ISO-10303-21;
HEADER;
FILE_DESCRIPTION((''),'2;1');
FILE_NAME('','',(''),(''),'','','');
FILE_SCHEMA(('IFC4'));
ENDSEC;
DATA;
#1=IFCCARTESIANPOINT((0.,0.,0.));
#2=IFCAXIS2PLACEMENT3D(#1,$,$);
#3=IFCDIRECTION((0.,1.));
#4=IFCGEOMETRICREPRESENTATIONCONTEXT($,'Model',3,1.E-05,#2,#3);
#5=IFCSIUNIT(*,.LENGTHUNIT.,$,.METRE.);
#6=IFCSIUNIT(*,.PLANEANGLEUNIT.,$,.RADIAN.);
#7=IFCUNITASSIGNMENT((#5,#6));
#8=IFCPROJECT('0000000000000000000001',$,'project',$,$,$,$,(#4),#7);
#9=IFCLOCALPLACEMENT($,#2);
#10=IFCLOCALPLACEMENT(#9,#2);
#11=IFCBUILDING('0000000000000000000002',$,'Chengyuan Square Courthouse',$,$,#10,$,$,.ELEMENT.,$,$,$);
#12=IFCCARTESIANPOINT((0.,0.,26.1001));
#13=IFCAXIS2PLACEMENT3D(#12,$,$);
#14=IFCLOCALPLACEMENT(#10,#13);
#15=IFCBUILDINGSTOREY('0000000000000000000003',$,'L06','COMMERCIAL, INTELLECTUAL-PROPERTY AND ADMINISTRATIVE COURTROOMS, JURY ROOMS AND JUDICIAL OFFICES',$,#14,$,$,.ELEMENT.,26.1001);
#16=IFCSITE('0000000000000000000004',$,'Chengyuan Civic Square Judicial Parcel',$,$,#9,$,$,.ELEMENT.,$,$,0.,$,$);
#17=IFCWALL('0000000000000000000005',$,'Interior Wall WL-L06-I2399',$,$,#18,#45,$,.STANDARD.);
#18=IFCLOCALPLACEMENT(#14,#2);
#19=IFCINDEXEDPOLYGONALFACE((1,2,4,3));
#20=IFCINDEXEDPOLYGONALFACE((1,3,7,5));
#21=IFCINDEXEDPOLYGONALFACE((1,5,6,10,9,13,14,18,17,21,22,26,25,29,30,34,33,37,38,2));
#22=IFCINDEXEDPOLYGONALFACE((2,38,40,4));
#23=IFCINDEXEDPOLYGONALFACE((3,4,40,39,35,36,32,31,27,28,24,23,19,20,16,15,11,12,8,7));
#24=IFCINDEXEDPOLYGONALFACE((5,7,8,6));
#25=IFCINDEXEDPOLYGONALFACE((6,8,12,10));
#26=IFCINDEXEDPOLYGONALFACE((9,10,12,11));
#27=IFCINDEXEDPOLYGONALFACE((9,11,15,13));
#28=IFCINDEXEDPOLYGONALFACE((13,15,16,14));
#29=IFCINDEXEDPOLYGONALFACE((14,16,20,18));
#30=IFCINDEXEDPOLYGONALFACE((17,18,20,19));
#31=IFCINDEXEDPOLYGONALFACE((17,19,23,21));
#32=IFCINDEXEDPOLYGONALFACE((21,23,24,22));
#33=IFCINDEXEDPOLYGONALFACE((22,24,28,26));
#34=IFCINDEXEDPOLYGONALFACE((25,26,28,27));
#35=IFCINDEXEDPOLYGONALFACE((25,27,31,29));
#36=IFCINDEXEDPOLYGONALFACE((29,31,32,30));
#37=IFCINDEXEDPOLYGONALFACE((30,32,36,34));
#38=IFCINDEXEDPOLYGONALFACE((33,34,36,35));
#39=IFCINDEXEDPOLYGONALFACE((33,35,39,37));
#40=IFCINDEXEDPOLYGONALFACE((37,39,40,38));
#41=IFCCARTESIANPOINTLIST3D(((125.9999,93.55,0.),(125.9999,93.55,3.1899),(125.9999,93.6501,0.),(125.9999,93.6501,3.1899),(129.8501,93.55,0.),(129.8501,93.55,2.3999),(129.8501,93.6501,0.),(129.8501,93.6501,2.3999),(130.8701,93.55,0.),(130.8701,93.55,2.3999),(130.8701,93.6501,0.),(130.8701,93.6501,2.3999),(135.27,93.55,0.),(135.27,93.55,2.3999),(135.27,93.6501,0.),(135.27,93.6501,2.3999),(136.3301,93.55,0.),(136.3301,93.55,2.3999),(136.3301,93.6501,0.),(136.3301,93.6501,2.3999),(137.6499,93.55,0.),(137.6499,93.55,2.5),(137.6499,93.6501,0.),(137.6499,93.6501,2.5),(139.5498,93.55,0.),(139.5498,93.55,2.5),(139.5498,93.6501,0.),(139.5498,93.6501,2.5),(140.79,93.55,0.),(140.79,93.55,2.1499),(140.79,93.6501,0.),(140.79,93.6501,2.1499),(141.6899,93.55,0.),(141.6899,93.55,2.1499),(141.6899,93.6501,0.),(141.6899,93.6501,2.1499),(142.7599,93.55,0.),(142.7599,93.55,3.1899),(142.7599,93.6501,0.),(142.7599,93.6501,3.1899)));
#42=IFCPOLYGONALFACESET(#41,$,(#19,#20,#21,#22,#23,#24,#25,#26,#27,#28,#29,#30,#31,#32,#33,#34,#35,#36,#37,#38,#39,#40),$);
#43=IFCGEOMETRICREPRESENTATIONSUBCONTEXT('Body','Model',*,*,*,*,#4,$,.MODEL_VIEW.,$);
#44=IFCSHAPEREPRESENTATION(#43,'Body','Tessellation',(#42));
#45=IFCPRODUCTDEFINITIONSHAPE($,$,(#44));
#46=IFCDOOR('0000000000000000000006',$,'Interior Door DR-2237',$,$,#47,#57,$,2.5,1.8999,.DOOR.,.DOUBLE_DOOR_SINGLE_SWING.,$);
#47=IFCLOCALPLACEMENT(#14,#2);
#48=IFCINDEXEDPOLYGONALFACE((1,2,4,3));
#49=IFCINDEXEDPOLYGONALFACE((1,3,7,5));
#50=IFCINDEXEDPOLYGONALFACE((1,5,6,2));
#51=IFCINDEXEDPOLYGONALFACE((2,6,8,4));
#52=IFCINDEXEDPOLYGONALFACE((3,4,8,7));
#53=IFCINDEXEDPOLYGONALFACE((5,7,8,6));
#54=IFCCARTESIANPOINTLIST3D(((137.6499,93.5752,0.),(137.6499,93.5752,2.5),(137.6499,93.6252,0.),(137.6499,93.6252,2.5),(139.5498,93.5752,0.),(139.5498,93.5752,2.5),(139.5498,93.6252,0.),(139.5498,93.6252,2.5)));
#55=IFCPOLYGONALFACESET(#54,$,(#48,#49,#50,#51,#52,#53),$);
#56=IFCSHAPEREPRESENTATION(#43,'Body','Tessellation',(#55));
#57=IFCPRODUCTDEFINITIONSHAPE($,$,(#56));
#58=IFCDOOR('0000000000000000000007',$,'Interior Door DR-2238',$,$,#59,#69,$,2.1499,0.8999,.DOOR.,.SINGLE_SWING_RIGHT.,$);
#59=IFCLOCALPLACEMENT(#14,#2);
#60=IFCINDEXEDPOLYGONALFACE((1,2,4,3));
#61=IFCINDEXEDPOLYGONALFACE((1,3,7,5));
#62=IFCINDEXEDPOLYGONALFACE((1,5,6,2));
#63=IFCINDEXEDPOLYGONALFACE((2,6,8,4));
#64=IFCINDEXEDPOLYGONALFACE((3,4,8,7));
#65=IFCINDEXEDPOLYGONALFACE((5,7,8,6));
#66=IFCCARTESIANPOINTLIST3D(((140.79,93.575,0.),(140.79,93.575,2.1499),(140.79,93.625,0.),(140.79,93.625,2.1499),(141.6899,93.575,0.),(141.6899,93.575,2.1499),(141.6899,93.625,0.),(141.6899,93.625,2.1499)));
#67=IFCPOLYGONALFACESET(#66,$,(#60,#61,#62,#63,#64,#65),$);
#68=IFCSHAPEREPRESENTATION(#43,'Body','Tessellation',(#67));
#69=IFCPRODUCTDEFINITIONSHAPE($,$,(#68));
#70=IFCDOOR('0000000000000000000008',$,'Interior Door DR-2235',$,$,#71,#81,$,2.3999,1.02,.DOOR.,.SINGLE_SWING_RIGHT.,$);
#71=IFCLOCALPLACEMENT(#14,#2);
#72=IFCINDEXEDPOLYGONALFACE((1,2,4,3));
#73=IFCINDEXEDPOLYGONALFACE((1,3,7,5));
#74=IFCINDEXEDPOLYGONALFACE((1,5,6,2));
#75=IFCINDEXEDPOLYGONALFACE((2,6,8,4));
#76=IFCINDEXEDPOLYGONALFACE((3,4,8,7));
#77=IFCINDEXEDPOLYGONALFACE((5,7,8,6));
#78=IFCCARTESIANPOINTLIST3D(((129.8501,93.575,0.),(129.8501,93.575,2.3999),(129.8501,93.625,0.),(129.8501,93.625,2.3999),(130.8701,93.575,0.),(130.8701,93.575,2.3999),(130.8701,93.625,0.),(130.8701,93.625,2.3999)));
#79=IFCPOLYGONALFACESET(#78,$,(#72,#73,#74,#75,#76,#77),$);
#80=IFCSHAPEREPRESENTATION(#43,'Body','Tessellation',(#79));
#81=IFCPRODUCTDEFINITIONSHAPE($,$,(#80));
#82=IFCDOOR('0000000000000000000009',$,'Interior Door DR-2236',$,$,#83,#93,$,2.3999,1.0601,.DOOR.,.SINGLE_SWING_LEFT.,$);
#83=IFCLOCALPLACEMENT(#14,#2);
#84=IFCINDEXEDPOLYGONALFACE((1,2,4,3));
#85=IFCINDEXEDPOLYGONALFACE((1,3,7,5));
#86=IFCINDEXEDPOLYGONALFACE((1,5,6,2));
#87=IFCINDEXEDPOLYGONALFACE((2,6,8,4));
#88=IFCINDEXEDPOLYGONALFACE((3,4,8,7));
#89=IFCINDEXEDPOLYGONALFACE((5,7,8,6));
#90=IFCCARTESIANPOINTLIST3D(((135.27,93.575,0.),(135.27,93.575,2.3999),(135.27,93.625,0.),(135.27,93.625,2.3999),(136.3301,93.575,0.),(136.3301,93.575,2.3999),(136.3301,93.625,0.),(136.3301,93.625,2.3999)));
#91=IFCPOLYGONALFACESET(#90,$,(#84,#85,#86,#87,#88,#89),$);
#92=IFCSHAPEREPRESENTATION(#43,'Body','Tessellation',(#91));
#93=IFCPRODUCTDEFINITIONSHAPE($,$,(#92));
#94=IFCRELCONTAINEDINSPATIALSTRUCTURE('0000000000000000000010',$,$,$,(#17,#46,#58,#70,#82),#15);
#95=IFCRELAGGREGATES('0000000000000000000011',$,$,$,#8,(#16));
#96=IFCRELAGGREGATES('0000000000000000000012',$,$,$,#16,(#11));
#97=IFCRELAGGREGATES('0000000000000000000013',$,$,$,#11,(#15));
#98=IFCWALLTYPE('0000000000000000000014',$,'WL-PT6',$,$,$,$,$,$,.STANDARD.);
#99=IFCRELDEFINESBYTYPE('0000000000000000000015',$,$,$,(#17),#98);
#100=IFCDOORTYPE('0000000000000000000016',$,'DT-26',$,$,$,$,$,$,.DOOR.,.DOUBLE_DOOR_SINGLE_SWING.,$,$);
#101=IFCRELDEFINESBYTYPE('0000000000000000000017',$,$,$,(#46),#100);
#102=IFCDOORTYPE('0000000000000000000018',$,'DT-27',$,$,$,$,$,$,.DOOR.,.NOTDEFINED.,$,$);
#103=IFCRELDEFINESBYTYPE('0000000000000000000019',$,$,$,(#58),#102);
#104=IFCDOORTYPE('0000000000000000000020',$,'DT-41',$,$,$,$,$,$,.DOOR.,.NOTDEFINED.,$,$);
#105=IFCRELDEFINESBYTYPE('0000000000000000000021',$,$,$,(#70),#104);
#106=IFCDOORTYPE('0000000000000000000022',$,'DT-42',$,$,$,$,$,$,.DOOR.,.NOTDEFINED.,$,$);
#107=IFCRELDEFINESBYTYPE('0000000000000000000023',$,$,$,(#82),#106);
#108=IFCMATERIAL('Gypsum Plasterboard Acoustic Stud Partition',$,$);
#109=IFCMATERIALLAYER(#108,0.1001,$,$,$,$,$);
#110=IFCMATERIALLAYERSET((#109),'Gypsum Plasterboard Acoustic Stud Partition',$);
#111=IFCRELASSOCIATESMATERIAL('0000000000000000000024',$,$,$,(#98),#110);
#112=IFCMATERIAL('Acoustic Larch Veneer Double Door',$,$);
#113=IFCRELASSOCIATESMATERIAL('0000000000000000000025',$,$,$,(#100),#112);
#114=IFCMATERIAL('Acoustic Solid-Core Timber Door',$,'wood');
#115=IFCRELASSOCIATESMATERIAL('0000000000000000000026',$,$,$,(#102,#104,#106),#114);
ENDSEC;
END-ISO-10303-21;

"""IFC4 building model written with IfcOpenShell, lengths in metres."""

from ifc_helpers import new_model, si_unit, direction, frame, frame_2d, origin, place, context, subcontext, project, spatial, rectangle, extrude, material, layer, layer_set, type_object, element, fill, save


model = new_model("IFC4")

# Units and contexts
model_context = context("Model", 3, precision=1e-05, world=origin(), true_north=direction((0.0, 1.0)))
body_context = subcontext(model_context, "Body", "Model", "MODEL_VIEW")
ifc_project = project(units=[si_unit("LENGTHUNIT", "METRE"), si_unit("PLANEANGLEUNIT", "RADIAN")], contexts=[model_context])

# Site, building, storey
site_placement = place(None, origin())
site = spatial("IfcSite", under=ifc_project, at=site_placement, Name="Chengyuan Civic Square Judicial Parcel", CompositionType="ELEMENT", RefElevation=0.0)
building_placement = place(site_placement, origin())
building = spatial("IfcBuilding", under=site, at=building_placement, Name="Chengyuan Square Courthouse", CompositionType="ELEMENT")
storey_placement = place(building_placement, frame((0.0, 0.0, 26.1001)))
storey = spatial("IfcBuildingStorey", under=building, at=storey_placement, Name="L06", Description="COMMERCIAL, INTELLECTUAL-PROPERTY AND ADMINISTRATIVE COURTROOMS, JURY ROOMS AND JUDICIAL OFFICES", CompositionType="ELEMENT", Elevation=26.1001)

# Shared definitions
ifc_material_1 = material(Name="Acoustic Solid-Core Timber Door", Category="wood")

# Wall, openings, doors
ifc_material_2 = material(Name="Gypsum Plasterboard Acoustic Stud Partition")
ifc_layer_1 = layer(ifc_material_2, 0.1001)
ifc_layer_set_1 = layer_set([ifc_layer_1], Name="Gypsum Plasterboard Acoustic Stud Partition")
wall_type_1 = type_object("IfcWallType", Name="WL-PT6", PredefinedType="STANDARD", material=ifc_layer_set_1)
wall_1_placement = place(storey_placement, frame((126.0, 93.6001, 0.0), z_axis=(0.0, 0.0, 1.0), x_axis=(1.0, 0.0, 0.0)))
wall_1 = element("IfcWall", 1, at=wall_1_placement, inside=storey, type_object=wall_type_1, Name="Interior Wall WL-L06-I2399", PredefinedType="STANDARD", context=body_context, shape_type="SweptSolid", body=[
    extrude(rectangle(XDim=16.76, YDim=0.1001, at=frame_2d((8.3799, 0.0))), origin(), (0.0, 0.0, 1.0), 3.1899),
])
opening_1_placement = place(wall_1_placement, frame((3.8501, 0.0, 0.0)))
opening_1 = element("IfcOpeningElement", 2, at=opening_1_placement, cuts=wall_1, PredefinedType="OPENING", context=body_context, shape_type="SweptSolid", body=[
    extrude(rectangle(XDim=1.02, YDim=2.3999, at=frame_2d((0.51, 1.2))), frame((0.0, 0.062, 0.0), z_axis=(0.0, -1.0, 0.0), x_axis=(1.0, 0.0, 0.0)), (0.0, 0.0, 1.0), 0.124),
])
opening_2_placement = place(wall_1_placement, frame((9.27, 0.0, 0.0)))
opening_2 = element("IfcOpeningElement", 3, at=opening_2_placement, cuts=wall_1, PredefinedType="OPENING", context=body_context, shape_type="SweptSolid", body=[
    extrude(rectangle(XDim=1.0601, YDim=2.3999, at=frame_2d((0.53, 1.2))), frame((0.0, 0.062, 0.0), z_axis=(0.0, -1.0, 0.0), x_axis=(1.0, 0.0, 0.0)), (0.0, 0.0, 1.0), 0.124),
])
opening_3_placement = place(wall_1_placement, frame((11.6499, 0.0, 0.0)))
opening_3 = element("IfcOpeningElement", 4, at=opening_3_placement, cuts=wall_1, PredefinedType="OPENING", context=body_context, shape_type="SweptSolid", body=[
    extrude(rectangle(XDim=1.8999, YDim=2.5, at=frame_2d((0.95, 1.25))), frame((0.0, 0.062, 0.0), z_axis=(0.0, -1.0, 0.0), x_axis=(1.0, 0.0, 0.0)), (0.0, 0.0, 1.0), 0.124),
])
opening_4_placement = place(wall_1_placement, frame((14.79, 0.0, 0.0)))
opening_4 = element("IfcOpeningElement", 5, at=opening_4_placement, cuts=wall_1, PredefinedType="OPENING", context=body_context, shape_type="SweptSolid", body=[
    extrude(rectangle(XDim=0.8999, YDim=2.1499, at=frame_2d((0.45, 1.075))), frame((0.0, 0.062, 0.0), z_axis=(0.0, -1.0, 0.0), x_axis=(1.0, 0.0, 0.0)), (0.0, 0.0, 1.0), 0.124),
])
ifc_material_3 = material(Name="Acoustic Larch Veneer Double Door")
door_type_1 = type_object("IfcDoorType", Name="DT-26", OperationType="DOUBLE_DOOR_SINGLE_SWING", PredefinedType="DOOR", material=ifc_material_3)
door_1_placement = place(opening_3_placement, frame((1.8999, 0.0, 0.0), z_axis=(0.0, 0.0, 1.0), x_axis=(-1.0, 0.0, 0.0)))
door_1 = element("IfcDoor", 6, at=door_1_placement, inside=storey, type_object=door_type_1, Name="Interior Door DR-2237", OperationType="DOUBLE_DOOR_SINGLE_SWING", OverallHeight=2.5, OverallWidth=1.8999, PredefinedType="DOOR", context=body_context, shape_type="SweptSolid", body=[
    extrude(rectangle(XDim=1.8999, YDim=2.5, at=frame_2d((0.95, 1.25))), frame((0.0, 0.0249, 0.0), z_axis=(0.0, -1.0, 0.0), x_axis=(1.0, 0.0, 0.0)), (0.0, 0.0, 1.0), 0.05),
])
fill(opening_3, door_1)
door_type_2 = type_object("IfcDoorType", Name="DT-27", OperationType="NOTDEFINED", PredefinedType="DOOR", material=ifc_material_1)
door_2_placement = place(opening_4_placement, origin())
door_2 = element("IfcDoor", 7, at=door_2_placement, inside=storey, type_object=door_type_2, Name="Interior Door DR-2238", OperationType="SINGLE_SWING_RIGHT", OverallHeight=2.1499, OverallWidth=0.8999, PredefinedType="DOOR", context=body_context, shape_type="SweptSolid", body=[
    extrude(rectangle(XDim=0.8999, YDim=2.1499, at=frame_2d((0.45, 1.075))), frame((0.0, 0.0249, 0.0), z_axis=(0.0, -1.0, 0.0), x_axis=(1.0, 0.0, 0.0)), (0.0, 0.0, 1.0), 0.05),
])
fill(opening_4, door_2)
door_type_3 = type_object("IfcDoorType", Name="DT-41", OperationType="NOTDEFINED", PredefinedType="DOOR", material=ifc_material_1)
door_3_placement = place(opening_1_placement, origin())
door_3 = element("IfcDoor", 8, at=door_3_placement, inside=storey, type_object=door_type_3, Name="Interior Door DR-2235", OperationType="SINGLE_SWING_RIGHT", OverallHeight=2.3999, OverallWidth=1.02, PredefinedType="DOOR", context=body_context, shape_type="SweptSolid", body=[
    extrude(rectangle(XDim=1.02, YDim=2.3999, at=frame_2d((0.51, 1.2))), frame((0.0, 0.0249, 0.0), z_axis=(0.0, -1.0, 0.0), x_axis=(1.0, 0.0, 0.0)), (0.0, 0.0, 1.0), 0.05),
])
fill(opening_1, door_3)
door_type_4 = type_object("IfcDoorType", Name="DT-42", OperationType="NOTDEFINED", PredefinedType="DOOR", material=ifc_material_1)
door_4_placement = place(opening_2_placement, origin())
door_4 = element("IfcDoor", 9, at=door_4_placement, inside=storey, type_object=door_type_4, Name="Interior Door DR-2236", OperationType="SINGLE_SWING_LEFT", OverallHeight=2.3999, OverallWidth=1.0601, PredefinedType="DOOR", context=body_context, shape_type="SweptSolid", body=[
    extrude(rectangle(XDim=1.0601, YDim=2.3999, at=frame_2d((0.53, 1.2))), frame((0.0, 0.0249, 0.0), z_axis=(0.0, -1.0, 0.0), x_axis=(1.0, 0.0, 0.0)), (0.0, 0.0, 1.0), 0.05),
])
fill(opening_2, door_4)

save(model, "model.ifc")
